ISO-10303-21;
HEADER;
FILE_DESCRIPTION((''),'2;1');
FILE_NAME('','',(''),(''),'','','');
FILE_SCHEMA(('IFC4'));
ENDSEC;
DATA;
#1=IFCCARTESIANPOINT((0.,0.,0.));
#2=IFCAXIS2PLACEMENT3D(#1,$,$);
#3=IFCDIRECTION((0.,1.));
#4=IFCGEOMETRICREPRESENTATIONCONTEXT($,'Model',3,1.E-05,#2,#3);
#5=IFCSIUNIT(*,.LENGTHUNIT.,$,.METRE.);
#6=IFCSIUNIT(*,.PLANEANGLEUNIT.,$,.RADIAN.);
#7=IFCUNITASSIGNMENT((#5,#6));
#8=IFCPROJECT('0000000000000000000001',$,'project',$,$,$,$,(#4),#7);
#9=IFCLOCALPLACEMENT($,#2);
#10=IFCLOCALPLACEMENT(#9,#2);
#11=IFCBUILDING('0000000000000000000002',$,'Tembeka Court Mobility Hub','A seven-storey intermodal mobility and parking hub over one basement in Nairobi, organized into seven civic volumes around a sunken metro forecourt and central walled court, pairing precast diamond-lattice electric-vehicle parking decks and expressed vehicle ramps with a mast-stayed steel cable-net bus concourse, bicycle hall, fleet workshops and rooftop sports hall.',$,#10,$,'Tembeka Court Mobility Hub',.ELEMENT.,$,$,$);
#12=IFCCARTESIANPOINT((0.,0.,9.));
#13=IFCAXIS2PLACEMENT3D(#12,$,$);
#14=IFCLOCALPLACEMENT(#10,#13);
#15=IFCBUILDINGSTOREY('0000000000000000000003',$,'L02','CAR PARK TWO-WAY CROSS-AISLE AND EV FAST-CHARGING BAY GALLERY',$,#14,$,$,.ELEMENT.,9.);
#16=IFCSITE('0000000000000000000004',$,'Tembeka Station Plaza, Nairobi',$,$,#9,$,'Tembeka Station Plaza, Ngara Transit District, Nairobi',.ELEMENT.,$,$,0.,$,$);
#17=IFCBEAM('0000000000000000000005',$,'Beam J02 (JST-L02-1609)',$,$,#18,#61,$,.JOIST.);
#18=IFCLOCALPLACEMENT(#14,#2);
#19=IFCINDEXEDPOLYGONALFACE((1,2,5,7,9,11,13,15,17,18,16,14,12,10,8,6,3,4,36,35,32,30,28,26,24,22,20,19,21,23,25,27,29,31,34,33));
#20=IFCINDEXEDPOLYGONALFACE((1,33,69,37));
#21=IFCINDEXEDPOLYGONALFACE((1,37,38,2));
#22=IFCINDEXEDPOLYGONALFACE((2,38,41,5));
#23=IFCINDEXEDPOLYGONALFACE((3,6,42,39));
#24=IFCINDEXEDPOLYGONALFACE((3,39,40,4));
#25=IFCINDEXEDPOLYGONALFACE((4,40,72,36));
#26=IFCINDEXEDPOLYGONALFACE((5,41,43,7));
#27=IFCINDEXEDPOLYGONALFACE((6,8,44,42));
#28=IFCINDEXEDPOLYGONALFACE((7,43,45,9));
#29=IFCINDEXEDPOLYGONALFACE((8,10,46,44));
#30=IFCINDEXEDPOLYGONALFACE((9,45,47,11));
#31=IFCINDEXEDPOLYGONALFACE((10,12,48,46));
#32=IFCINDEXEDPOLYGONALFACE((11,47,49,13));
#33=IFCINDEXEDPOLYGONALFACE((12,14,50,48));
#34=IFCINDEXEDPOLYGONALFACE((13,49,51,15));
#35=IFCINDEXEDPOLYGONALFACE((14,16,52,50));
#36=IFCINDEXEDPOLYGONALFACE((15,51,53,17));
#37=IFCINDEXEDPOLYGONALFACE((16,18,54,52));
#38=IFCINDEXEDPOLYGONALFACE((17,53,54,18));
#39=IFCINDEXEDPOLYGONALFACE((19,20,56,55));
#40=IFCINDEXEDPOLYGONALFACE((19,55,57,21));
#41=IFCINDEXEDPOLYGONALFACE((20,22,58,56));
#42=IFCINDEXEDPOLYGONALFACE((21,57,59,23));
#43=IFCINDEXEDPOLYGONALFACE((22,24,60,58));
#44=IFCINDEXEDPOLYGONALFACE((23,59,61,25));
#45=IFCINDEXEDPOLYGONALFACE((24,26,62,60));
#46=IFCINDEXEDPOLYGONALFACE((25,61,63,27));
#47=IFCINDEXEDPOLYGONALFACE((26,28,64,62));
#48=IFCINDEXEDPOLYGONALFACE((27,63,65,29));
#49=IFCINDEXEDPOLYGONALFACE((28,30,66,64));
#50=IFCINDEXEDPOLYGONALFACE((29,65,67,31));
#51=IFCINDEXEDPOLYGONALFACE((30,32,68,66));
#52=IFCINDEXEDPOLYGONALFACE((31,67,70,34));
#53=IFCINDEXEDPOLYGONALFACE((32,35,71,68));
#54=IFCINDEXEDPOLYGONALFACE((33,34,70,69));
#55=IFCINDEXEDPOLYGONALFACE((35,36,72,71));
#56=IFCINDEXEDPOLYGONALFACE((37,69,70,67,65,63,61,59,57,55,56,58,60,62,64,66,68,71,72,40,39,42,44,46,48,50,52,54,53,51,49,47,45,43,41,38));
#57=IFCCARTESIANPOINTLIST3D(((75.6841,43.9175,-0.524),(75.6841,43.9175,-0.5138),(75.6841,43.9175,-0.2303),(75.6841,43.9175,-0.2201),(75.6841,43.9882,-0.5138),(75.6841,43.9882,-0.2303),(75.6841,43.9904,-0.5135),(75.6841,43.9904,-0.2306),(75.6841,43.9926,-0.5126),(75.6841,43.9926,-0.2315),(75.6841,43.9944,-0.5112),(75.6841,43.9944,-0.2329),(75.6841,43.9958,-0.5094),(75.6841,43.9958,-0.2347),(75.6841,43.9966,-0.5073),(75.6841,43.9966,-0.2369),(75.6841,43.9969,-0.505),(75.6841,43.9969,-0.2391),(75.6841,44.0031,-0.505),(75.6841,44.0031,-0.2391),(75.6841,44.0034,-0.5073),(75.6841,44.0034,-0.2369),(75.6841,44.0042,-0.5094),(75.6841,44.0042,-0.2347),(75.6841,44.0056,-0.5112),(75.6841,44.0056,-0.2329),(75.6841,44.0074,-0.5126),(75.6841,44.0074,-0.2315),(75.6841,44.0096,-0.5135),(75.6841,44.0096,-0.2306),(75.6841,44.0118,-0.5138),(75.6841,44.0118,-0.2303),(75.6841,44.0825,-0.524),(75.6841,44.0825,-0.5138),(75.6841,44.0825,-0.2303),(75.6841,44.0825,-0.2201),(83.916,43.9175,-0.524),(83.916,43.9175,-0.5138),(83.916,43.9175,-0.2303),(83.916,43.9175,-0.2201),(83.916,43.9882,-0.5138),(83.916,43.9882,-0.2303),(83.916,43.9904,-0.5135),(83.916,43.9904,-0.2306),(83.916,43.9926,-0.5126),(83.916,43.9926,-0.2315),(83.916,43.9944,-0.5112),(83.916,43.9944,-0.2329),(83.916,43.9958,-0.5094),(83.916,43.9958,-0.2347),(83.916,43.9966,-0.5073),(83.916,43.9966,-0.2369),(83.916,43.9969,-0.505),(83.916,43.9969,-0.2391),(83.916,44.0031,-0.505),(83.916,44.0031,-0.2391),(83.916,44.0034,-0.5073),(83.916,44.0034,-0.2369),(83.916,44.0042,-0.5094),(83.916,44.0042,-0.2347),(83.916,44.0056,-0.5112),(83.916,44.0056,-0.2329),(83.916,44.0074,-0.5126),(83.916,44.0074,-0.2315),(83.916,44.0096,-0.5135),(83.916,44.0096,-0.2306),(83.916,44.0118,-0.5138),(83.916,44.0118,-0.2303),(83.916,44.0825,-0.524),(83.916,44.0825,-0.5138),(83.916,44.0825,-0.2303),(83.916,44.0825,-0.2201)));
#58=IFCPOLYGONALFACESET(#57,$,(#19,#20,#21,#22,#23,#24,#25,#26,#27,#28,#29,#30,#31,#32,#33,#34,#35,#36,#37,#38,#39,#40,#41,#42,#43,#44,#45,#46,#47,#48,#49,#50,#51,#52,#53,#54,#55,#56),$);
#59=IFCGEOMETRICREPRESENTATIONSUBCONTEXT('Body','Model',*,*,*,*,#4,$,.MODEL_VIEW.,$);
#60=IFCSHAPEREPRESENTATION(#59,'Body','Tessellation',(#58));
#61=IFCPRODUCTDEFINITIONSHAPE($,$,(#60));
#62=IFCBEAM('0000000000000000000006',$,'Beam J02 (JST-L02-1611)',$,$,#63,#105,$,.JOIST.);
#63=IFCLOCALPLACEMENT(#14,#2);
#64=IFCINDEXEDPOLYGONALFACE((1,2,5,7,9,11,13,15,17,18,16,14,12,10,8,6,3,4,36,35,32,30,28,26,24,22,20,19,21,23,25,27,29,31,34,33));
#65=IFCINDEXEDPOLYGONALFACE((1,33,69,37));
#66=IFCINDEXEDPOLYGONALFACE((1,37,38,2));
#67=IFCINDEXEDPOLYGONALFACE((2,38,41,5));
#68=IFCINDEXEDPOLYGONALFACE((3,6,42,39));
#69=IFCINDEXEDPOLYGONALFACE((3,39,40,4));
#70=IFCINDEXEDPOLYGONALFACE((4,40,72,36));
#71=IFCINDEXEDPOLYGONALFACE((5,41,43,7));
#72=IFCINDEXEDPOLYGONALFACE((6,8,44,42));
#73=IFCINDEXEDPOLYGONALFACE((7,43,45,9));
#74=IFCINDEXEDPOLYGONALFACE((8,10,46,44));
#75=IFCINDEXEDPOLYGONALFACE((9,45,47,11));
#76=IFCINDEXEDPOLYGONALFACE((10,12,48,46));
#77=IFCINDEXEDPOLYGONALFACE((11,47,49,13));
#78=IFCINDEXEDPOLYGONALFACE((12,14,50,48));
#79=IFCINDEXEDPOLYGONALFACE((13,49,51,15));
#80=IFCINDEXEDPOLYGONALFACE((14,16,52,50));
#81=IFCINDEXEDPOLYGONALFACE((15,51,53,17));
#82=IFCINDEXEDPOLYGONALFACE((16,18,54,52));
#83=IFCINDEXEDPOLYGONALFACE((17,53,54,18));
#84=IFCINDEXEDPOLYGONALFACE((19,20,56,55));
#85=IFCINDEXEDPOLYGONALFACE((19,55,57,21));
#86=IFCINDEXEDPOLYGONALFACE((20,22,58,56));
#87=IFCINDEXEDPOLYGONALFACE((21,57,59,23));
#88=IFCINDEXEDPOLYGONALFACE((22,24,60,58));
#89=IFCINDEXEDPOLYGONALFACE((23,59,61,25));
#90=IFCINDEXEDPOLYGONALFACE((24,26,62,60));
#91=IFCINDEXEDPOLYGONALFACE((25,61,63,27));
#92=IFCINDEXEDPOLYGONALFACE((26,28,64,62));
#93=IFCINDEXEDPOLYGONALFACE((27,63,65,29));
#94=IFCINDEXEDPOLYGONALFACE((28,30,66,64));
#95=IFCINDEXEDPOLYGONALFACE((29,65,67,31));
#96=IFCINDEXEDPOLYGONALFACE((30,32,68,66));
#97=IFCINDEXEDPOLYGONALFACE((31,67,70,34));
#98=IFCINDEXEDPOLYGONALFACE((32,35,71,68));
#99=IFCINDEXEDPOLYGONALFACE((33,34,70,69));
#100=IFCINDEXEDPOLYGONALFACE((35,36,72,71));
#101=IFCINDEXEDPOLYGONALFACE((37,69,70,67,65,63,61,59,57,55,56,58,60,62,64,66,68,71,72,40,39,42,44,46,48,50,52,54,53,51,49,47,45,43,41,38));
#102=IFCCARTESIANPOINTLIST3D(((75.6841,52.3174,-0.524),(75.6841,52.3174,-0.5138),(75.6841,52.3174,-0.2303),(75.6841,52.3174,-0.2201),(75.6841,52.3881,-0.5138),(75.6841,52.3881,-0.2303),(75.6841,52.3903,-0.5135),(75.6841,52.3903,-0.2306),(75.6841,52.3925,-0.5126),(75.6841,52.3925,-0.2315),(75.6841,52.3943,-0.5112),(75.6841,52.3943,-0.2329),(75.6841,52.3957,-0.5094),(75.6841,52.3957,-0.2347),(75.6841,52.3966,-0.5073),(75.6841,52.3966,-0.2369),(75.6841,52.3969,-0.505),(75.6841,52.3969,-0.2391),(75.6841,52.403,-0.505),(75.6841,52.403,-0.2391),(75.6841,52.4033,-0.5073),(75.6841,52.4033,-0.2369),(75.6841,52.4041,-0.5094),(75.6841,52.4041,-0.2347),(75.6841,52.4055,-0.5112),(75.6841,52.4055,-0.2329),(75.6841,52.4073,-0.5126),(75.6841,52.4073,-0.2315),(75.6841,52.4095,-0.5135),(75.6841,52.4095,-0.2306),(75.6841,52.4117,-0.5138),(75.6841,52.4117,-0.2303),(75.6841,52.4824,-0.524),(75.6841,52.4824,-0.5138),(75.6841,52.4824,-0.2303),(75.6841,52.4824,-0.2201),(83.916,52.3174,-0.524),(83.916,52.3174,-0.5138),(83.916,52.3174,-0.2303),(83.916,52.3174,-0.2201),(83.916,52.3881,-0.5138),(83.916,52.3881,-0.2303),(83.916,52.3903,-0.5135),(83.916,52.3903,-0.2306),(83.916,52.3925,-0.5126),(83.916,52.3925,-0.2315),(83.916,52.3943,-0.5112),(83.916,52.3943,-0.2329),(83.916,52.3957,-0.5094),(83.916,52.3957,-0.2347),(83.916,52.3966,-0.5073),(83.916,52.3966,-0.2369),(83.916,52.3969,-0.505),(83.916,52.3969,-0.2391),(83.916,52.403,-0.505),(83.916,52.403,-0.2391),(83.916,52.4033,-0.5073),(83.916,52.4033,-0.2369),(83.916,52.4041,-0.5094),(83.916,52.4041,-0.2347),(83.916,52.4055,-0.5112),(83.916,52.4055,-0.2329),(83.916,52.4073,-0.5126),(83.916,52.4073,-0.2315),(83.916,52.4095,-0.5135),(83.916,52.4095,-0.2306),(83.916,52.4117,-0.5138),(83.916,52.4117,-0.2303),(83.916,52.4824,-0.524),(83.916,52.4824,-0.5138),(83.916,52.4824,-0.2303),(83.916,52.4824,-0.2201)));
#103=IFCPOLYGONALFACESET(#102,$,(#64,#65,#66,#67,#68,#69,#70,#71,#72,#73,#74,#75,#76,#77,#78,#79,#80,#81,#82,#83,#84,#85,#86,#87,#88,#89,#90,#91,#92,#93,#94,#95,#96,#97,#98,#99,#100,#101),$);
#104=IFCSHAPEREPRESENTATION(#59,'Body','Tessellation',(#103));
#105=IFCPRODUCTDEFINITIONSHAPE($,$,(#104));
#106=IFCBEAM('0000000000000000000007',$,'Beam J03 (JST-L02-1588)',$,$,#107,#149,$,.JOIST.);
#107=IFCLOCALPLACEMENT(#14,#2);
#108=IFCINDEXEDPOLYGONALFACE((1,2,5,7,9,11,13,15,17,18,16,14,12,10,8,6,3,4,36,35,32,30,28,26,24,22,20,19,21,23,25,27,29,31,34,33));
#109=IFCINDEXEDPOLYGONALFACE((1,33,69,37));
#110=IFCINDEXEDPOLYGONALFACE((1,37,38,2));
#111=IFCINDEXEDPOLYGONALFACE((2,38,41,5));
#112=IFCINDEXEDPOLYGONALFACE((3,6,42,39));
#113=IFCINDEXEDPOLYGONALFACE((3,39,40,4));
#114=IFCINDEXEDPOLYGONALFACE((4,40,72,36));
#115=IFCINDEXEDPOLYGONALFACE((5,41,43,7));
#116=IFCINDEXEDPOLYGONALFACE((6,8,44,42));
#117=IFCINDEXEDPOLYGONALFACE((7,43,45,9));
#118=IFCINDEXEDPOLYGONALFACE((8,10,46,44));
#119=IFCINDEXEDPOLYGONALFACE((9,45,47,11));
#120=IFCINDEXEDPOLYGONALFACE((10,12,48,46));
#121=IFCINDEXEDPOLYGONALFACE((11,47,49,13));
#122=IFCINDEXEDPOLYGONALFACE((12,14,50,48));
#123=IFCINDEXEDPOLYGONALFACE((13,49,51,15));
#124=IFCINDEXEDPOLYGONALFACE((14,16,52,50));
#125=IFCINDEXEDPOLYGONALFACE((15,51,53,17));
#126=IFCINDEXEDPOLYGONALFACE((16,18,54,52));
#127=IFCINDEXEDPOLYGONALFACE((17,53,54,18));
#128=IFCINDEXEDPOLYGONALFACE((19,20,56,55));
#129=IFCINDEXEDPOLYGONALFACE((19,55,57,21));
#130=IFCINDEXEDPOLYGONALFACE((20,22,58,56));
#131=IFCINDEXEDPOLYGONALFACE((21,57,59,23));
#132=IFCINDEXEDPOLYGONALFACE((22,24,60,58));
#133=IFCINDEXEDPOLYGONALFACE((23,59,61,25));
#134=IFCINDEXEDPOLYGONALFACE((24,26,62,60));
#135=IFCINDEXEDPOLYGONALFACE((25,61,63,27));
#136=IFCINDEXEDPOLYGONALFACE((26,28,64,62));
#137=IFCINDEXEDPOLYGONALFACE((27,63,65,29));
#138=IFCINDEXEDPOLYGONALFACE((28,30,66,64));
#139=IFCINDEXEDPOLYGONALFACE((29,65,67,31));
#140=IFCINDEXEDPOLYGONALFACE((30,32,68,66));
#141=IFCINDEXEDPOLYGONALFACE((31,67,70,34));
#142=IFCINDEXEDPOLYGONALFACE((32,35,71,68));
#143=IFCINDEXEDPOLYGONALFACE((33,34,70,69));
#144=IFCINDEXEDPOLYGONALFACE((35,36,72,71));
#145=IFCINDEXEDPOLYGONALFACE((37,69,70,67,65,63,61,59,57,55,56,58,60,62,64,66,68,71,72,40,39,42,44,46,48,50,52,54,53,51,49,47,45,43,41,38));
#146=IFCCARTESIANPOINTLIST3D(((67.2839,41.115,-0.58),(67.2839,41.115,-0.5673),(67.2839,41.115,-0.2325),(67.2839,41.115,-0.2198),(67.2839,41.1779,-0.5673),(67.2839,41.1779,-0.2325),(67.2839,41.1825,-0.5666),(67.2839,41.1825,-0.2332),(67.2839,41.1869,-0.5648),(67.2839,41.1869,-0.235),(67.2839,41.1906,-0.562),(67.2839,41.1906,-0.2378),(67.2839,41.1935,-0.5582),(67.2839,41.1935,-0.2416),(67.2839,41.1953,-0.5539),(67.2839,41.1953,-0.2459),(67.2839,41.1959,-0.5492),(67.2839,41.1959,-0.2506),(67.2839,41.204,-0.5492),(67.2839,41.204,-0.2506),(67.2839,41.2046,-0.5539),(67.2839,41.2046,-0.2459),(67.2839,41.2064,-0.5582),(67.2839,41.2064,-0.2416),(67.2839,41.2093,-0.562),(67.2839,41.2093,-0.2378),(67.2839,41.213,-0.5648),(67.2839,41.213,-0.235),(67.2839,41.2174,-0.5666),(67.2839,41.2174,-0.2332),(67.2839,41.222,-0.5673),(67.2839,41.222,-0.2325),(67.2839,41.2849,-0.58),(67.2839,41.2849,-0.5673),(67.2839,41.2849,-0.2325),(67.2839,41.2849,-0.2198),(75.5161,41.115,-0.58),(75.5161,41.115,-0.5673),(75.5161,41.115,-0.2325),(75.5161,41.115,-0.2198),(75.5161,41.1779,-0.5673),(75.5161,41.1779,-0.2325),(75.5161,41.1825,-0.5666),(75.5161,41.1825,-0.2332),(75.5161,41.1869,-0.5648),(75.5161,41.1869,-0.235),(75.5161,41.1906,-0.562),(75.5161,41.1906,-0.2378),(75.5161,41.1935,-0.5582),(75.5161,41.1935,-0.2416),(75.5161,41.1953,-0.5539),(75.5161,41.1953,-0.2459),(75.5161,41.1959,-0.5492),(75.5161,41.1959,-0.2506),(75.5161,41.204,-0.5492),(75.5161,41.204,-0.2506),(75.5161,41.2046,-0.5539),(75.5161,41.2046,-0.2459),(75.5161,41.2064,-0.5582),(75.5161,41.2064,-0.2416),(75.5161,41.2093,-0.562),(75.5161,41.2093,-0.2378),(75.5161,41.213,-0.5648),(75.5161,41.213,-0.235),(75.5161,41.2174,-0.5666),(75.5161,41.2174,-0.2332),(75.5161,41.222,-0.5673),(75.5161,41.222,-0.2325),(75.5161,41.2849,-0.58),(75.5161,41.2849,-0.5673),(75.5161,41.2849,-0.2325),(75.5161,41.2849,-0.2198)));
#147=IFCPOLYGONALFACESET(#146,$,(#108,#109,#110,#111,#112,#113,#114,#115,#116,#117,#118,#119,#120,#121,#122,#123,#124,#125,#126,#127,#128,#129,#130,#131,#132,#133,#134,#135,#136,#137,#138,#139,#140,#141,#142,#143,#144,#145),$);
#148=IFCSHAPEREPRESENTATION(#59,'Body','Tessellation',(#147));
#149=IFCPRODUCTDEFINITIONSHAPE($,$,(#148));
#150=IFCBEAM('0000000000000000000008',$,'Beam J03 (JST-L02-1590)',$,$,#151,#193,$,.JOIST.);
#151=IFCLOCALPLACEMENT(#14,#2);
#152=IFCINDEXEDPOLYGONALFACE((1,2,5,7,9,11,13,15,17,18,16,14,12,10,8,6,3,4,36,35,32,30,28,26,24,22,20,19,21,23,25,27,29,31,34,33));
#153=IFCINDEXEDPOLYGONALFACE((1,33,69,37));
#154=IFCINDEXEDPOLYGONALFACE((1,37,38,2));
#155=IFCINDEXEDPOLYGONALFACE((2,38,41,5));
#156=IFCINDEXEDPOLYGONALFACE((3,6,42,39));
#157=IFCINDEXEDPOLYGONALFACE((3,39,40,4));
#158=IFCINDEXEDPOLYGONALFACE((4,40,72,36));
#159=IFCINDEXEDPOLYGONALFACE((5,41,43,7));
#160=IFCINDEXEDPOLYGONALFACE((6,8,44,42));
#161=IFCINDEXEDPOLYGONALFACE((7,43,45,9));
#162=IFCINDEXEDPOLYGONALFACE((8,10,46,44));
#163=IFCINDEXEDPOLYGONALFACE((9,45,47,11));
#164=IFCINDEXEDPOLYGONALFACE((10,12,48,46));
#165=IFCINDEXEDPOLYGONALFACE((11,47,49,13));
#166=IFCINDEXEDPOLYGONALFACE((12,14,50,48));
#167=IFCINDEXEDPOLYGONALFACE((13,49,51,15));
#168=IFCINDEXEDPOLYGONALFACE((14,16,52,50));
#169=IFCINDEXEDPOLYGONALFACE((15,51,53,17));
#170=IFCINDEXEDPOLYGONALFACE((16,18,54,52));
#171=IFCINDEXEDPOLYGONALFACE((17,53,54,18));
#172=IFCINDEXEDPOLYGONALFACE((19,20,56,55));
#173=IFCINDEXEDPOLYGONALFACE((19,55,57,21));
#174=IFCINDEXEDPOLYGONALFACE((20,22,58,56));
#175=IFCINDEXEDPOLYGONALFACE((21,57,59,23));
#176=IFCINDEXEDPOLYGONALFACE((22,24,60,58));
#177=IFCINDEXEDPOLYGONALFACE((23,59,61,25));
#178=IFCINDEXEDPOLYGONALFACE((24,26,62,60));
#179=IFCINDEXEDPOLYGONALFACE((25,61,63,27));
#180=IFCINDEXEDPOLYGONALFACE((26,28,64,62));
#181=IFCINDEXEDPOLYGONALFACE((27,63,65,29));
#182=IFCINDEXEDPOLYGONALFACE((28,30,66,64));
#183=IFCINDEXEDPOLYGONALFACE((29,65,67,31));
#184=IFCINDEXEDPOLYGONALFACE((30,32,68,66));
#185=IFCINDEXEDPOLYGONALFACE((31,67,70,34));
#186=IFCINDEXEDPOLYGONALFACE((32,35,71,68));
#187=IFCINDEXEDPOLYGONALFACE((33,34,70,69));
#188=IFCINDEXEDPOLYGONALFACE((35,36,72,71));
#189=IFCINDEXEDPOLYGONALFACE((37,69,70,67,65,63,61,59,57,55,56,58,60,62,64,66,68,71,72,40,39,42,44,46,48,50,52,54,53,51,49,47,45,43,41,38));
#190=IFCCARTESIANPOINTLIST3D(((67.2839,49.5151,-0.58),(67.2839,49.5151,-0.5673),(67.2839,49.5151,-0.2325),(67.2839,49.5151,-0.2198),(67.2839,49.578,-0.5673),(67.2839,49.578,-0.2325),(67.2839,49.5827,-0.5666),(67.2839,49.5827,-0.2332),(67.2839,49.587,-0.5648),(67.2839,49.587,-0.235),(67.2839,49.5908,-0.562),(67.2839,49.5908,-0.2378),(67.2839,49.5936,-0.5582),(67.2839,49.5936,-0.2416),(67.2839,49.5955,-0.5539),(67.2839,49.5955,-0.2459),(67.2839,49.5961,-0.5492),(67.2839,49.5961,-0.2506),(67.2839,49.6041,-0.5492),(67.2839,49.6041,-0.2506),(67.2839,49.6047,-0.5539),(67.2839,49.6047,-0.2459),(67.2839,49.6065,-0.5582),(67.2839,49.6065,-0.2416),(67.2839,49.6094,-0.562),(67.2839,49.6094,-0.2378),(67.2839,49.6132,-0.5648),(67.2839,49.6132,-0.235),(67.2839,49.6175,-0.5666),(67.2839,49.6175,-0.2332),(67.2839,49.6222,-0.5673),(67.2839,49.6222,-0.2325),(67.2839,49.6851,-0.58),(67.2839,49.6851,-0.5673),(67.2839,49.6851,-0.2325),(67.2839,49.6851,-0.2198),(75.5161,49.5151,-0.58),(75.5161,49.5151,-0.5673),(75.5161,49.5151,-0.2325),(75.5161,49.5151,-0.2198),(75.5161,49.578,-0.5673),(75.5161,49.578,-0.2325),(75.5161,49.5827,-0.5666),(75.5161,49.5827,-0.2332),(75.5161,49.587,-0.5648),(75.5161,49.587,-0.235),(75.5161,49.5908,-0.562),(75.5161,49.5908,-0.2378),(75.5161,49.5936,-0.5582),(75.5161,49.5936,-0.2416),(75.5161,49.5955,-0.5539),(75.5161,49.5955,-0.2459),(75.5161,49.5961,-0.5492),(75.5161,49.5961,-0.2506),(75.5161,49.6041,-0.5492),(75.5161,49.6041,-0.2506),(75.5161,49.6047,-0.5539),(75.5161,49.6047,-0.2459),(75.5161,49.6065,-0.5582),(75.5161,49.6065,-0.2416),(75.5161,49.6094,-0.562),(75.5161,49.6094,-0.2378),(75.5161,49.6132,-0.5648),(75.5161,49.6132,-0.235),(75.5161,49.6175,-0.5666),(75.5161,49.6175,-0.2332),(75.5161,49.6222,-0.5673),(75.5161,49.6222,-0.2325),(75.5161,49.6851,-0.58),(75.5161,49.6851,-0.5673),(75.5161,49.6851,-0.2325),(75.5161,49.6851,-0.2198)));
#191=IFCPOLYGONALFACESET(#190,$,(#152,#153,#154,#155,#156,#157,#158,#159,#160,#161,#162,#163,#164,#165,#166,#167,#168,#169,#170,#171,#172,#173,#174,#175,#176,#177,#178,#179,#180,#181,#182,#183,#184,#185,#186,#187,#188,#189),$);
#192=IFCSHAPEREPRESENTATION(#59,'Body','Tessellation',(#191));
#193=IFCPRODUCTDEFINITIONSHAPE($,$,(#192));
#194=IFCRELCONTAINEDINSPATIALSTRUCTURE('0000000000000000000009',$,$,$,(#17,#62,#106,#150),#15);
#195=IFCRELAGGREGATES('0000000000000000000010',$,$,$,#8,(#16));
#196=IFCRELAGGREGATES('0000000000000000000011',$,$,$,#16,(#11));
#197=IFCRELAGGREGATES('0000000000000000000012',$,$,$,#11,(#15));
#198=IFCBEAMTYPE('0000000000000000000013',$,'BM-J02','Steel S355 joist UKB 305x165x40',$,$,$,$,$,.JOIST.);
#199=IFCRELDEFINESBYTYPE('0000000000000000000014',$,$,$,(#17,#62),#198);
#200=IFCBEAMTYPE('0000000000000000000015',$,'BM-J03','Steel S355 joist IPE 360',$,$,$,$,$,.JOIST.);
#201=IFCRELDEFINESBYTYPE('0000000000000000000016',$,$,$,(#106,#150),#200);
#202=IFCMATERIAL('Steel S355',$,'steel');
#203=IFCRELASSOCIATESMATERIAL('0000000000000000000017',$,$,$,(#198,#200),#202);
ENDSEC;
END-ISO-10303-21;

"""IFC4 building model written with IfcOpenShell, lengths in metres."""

from ifc_helpers import new_model, si_unit, direction, frame, origin, origin_2d, place, context, subcontext, project, spatial, i_section, extrude, material, material_profile, profile_set, type_object, element, save


model = new_model("IFC4")

# Units and contexts
model_context = context("Model", 3, precision=1e-05, world=origin(), true_north=direction((0.0, 1.0)))
body_context = subcontext(model_context, "Body", "Model", "MODEL_VIEW")
ifc_project = project(units=[si_unit("LENGTHUNIT", "METRE"), si_unit("PLANEANGLEUNIT", "RADIAN")], contexts=[model_context])

# Site, building, storey
site_placement = place(None, origin())
site = spatial("IfcSite", under=ifc_project, at=site_placement, Name="Tembeka Station Plaza, Nairobi", LongName="Tembeka Station Plaza, Ngara Transit District, Nairobi", CompositionType="ELEMENT", RefElevation=0.0)
building_placement = place(site_placement, origin())
building = spatial("IfcBuilding", under=site, at=building_placement, Name="Tembeka Court Mobility Hub", Description="A seven-storey intermodal mobility and parking hub over one basement in Nairobi, organized into seven civic volumes around a sunken metro forecourt and central walled court, pairing precast diamond-lattice electric-vehicle parking decks and expressed vehicle ramps with a mast-stayed steel cable-net bus concourse, bicycle hall, fleet workshops and rooftop sports hall.", LongName="Tembeka Court Mobility Hub", CompositionType="ELEMENT")
storey_placement = place(building_placement, frame((0.0, 0.0, 9.0)))
storey = spatial("IfcBuildingStorey", under=building, at=storey_placement, Name="L02", Description="CAR PARK TWO-WAY CROSS-AISLE AND EV FAST-CHARGING BAY GALLERY", CompositionType="ELEMENT", Elevation=9.0)

# Shared definitions
ifc_material_1 = material(Name="Steel S355", Category="steel")

# Beams
ifc_material_profile_1 = material_profile(ifc_material_1, i_section(OverallWidth=0.165, OverallDepth=0.304, WebThickness=0.0061, FlangeThickness=0.0103, FilletRadius=0.0088, at=origin_2d()), Name="UKB 305x165x40")
ifc_profile_set_1 = profile_set([ifc_material_profile_1], Name="Steel S355")
beam_type_1 = type_object("IfcBeamType", Name="BM-J02", Description="Steel S355 joist UKB 305x165x40", PredefinedType="JOIST", material=ifc_profile_set_1)
for number, where, z_axis, x_axis, name in (
    (1, (75.6841, 44.0, -0.3721), (1.0, 0.0, 0.0), (0.0, 1.0, 0.0), "Beam J02 (JST-L02-1609)"),
    (2, (75.6841, 52.3999, -0.3721), (1.0, 0.0, 0.0), (0.0, 1.0, 0.0), "Beam J02 (JST-L02-1611)"),
):
    element("IfcBeam", number, at=place(storey_placement, frame(where, z_axis=z_axis, x_axis=x_axis)), inside=storey, type_object=beam_type_1, Name=name, PredefinedType="JOIST", context=body_context, shape_type="SweptSolid", body=[
        extrude(i_section(OverallWidth=0.165, OverallDepth=0.304, WebThickness=0.0061, FlangeThickness=0.0103, FilletRadius=0.0088, at=origin_2d()), origin(), (0.0, 0.0, 1.0), 8.2319),
    ])
ifc_material_profile_2 = material_profile(ifc_material_1, i_section(OverallWidth=0.1699, OverallDepth=0.3601, WebThickness=0.0081, FlangeThickness=0.0127, FilletRadius=0.0181, at=origin_2d()), Name="IPE 360")
ifc_profile_set_2 = profile_set([ifc_material_profile_2], Name="Steel S355")
beam_type_2 = type_object("IfcBeamType", Name="BM-J03", Description="Steel S355 joist IPE 360", PredefinedType="JOIST", material=ifc_profile_set_2)
for number, where, z_axis, x_axis, name in (
    (3, (67.2839, 41.2, -0.3999), (1.0, 0.0, 0.0), (0.0, 1.0, 0.0), "Beam J03 (JST-L02-1588)"),
    (4, (67.2839, 49.6001, -0.3999), (1.0, 0.0, 0.0), (0.0, 1.0, 0.0), "Beam J03 (JST-L02-1590)"),
):
    element("IfcBeam", number, at=place(storey_placement, frame(where, z_axis=z_axis, x_axis=x_axis)), inside=storey, type_object=beam_type_2, Name=name, PredefinedType="JOIST", context=body_context, shape_type="SweptSolid", body=[
        extrude(i_section(OverallWidth=0.1699, OverallDepth=0.3601, WebThickness=0.0081, FlangeThickness=0.0127, FilletRadius=0.0181, at=origin_2d()), origin(), (0.0, 0.0, 1.0), 8.2322),
    ])

save(model, "model.ifc")
